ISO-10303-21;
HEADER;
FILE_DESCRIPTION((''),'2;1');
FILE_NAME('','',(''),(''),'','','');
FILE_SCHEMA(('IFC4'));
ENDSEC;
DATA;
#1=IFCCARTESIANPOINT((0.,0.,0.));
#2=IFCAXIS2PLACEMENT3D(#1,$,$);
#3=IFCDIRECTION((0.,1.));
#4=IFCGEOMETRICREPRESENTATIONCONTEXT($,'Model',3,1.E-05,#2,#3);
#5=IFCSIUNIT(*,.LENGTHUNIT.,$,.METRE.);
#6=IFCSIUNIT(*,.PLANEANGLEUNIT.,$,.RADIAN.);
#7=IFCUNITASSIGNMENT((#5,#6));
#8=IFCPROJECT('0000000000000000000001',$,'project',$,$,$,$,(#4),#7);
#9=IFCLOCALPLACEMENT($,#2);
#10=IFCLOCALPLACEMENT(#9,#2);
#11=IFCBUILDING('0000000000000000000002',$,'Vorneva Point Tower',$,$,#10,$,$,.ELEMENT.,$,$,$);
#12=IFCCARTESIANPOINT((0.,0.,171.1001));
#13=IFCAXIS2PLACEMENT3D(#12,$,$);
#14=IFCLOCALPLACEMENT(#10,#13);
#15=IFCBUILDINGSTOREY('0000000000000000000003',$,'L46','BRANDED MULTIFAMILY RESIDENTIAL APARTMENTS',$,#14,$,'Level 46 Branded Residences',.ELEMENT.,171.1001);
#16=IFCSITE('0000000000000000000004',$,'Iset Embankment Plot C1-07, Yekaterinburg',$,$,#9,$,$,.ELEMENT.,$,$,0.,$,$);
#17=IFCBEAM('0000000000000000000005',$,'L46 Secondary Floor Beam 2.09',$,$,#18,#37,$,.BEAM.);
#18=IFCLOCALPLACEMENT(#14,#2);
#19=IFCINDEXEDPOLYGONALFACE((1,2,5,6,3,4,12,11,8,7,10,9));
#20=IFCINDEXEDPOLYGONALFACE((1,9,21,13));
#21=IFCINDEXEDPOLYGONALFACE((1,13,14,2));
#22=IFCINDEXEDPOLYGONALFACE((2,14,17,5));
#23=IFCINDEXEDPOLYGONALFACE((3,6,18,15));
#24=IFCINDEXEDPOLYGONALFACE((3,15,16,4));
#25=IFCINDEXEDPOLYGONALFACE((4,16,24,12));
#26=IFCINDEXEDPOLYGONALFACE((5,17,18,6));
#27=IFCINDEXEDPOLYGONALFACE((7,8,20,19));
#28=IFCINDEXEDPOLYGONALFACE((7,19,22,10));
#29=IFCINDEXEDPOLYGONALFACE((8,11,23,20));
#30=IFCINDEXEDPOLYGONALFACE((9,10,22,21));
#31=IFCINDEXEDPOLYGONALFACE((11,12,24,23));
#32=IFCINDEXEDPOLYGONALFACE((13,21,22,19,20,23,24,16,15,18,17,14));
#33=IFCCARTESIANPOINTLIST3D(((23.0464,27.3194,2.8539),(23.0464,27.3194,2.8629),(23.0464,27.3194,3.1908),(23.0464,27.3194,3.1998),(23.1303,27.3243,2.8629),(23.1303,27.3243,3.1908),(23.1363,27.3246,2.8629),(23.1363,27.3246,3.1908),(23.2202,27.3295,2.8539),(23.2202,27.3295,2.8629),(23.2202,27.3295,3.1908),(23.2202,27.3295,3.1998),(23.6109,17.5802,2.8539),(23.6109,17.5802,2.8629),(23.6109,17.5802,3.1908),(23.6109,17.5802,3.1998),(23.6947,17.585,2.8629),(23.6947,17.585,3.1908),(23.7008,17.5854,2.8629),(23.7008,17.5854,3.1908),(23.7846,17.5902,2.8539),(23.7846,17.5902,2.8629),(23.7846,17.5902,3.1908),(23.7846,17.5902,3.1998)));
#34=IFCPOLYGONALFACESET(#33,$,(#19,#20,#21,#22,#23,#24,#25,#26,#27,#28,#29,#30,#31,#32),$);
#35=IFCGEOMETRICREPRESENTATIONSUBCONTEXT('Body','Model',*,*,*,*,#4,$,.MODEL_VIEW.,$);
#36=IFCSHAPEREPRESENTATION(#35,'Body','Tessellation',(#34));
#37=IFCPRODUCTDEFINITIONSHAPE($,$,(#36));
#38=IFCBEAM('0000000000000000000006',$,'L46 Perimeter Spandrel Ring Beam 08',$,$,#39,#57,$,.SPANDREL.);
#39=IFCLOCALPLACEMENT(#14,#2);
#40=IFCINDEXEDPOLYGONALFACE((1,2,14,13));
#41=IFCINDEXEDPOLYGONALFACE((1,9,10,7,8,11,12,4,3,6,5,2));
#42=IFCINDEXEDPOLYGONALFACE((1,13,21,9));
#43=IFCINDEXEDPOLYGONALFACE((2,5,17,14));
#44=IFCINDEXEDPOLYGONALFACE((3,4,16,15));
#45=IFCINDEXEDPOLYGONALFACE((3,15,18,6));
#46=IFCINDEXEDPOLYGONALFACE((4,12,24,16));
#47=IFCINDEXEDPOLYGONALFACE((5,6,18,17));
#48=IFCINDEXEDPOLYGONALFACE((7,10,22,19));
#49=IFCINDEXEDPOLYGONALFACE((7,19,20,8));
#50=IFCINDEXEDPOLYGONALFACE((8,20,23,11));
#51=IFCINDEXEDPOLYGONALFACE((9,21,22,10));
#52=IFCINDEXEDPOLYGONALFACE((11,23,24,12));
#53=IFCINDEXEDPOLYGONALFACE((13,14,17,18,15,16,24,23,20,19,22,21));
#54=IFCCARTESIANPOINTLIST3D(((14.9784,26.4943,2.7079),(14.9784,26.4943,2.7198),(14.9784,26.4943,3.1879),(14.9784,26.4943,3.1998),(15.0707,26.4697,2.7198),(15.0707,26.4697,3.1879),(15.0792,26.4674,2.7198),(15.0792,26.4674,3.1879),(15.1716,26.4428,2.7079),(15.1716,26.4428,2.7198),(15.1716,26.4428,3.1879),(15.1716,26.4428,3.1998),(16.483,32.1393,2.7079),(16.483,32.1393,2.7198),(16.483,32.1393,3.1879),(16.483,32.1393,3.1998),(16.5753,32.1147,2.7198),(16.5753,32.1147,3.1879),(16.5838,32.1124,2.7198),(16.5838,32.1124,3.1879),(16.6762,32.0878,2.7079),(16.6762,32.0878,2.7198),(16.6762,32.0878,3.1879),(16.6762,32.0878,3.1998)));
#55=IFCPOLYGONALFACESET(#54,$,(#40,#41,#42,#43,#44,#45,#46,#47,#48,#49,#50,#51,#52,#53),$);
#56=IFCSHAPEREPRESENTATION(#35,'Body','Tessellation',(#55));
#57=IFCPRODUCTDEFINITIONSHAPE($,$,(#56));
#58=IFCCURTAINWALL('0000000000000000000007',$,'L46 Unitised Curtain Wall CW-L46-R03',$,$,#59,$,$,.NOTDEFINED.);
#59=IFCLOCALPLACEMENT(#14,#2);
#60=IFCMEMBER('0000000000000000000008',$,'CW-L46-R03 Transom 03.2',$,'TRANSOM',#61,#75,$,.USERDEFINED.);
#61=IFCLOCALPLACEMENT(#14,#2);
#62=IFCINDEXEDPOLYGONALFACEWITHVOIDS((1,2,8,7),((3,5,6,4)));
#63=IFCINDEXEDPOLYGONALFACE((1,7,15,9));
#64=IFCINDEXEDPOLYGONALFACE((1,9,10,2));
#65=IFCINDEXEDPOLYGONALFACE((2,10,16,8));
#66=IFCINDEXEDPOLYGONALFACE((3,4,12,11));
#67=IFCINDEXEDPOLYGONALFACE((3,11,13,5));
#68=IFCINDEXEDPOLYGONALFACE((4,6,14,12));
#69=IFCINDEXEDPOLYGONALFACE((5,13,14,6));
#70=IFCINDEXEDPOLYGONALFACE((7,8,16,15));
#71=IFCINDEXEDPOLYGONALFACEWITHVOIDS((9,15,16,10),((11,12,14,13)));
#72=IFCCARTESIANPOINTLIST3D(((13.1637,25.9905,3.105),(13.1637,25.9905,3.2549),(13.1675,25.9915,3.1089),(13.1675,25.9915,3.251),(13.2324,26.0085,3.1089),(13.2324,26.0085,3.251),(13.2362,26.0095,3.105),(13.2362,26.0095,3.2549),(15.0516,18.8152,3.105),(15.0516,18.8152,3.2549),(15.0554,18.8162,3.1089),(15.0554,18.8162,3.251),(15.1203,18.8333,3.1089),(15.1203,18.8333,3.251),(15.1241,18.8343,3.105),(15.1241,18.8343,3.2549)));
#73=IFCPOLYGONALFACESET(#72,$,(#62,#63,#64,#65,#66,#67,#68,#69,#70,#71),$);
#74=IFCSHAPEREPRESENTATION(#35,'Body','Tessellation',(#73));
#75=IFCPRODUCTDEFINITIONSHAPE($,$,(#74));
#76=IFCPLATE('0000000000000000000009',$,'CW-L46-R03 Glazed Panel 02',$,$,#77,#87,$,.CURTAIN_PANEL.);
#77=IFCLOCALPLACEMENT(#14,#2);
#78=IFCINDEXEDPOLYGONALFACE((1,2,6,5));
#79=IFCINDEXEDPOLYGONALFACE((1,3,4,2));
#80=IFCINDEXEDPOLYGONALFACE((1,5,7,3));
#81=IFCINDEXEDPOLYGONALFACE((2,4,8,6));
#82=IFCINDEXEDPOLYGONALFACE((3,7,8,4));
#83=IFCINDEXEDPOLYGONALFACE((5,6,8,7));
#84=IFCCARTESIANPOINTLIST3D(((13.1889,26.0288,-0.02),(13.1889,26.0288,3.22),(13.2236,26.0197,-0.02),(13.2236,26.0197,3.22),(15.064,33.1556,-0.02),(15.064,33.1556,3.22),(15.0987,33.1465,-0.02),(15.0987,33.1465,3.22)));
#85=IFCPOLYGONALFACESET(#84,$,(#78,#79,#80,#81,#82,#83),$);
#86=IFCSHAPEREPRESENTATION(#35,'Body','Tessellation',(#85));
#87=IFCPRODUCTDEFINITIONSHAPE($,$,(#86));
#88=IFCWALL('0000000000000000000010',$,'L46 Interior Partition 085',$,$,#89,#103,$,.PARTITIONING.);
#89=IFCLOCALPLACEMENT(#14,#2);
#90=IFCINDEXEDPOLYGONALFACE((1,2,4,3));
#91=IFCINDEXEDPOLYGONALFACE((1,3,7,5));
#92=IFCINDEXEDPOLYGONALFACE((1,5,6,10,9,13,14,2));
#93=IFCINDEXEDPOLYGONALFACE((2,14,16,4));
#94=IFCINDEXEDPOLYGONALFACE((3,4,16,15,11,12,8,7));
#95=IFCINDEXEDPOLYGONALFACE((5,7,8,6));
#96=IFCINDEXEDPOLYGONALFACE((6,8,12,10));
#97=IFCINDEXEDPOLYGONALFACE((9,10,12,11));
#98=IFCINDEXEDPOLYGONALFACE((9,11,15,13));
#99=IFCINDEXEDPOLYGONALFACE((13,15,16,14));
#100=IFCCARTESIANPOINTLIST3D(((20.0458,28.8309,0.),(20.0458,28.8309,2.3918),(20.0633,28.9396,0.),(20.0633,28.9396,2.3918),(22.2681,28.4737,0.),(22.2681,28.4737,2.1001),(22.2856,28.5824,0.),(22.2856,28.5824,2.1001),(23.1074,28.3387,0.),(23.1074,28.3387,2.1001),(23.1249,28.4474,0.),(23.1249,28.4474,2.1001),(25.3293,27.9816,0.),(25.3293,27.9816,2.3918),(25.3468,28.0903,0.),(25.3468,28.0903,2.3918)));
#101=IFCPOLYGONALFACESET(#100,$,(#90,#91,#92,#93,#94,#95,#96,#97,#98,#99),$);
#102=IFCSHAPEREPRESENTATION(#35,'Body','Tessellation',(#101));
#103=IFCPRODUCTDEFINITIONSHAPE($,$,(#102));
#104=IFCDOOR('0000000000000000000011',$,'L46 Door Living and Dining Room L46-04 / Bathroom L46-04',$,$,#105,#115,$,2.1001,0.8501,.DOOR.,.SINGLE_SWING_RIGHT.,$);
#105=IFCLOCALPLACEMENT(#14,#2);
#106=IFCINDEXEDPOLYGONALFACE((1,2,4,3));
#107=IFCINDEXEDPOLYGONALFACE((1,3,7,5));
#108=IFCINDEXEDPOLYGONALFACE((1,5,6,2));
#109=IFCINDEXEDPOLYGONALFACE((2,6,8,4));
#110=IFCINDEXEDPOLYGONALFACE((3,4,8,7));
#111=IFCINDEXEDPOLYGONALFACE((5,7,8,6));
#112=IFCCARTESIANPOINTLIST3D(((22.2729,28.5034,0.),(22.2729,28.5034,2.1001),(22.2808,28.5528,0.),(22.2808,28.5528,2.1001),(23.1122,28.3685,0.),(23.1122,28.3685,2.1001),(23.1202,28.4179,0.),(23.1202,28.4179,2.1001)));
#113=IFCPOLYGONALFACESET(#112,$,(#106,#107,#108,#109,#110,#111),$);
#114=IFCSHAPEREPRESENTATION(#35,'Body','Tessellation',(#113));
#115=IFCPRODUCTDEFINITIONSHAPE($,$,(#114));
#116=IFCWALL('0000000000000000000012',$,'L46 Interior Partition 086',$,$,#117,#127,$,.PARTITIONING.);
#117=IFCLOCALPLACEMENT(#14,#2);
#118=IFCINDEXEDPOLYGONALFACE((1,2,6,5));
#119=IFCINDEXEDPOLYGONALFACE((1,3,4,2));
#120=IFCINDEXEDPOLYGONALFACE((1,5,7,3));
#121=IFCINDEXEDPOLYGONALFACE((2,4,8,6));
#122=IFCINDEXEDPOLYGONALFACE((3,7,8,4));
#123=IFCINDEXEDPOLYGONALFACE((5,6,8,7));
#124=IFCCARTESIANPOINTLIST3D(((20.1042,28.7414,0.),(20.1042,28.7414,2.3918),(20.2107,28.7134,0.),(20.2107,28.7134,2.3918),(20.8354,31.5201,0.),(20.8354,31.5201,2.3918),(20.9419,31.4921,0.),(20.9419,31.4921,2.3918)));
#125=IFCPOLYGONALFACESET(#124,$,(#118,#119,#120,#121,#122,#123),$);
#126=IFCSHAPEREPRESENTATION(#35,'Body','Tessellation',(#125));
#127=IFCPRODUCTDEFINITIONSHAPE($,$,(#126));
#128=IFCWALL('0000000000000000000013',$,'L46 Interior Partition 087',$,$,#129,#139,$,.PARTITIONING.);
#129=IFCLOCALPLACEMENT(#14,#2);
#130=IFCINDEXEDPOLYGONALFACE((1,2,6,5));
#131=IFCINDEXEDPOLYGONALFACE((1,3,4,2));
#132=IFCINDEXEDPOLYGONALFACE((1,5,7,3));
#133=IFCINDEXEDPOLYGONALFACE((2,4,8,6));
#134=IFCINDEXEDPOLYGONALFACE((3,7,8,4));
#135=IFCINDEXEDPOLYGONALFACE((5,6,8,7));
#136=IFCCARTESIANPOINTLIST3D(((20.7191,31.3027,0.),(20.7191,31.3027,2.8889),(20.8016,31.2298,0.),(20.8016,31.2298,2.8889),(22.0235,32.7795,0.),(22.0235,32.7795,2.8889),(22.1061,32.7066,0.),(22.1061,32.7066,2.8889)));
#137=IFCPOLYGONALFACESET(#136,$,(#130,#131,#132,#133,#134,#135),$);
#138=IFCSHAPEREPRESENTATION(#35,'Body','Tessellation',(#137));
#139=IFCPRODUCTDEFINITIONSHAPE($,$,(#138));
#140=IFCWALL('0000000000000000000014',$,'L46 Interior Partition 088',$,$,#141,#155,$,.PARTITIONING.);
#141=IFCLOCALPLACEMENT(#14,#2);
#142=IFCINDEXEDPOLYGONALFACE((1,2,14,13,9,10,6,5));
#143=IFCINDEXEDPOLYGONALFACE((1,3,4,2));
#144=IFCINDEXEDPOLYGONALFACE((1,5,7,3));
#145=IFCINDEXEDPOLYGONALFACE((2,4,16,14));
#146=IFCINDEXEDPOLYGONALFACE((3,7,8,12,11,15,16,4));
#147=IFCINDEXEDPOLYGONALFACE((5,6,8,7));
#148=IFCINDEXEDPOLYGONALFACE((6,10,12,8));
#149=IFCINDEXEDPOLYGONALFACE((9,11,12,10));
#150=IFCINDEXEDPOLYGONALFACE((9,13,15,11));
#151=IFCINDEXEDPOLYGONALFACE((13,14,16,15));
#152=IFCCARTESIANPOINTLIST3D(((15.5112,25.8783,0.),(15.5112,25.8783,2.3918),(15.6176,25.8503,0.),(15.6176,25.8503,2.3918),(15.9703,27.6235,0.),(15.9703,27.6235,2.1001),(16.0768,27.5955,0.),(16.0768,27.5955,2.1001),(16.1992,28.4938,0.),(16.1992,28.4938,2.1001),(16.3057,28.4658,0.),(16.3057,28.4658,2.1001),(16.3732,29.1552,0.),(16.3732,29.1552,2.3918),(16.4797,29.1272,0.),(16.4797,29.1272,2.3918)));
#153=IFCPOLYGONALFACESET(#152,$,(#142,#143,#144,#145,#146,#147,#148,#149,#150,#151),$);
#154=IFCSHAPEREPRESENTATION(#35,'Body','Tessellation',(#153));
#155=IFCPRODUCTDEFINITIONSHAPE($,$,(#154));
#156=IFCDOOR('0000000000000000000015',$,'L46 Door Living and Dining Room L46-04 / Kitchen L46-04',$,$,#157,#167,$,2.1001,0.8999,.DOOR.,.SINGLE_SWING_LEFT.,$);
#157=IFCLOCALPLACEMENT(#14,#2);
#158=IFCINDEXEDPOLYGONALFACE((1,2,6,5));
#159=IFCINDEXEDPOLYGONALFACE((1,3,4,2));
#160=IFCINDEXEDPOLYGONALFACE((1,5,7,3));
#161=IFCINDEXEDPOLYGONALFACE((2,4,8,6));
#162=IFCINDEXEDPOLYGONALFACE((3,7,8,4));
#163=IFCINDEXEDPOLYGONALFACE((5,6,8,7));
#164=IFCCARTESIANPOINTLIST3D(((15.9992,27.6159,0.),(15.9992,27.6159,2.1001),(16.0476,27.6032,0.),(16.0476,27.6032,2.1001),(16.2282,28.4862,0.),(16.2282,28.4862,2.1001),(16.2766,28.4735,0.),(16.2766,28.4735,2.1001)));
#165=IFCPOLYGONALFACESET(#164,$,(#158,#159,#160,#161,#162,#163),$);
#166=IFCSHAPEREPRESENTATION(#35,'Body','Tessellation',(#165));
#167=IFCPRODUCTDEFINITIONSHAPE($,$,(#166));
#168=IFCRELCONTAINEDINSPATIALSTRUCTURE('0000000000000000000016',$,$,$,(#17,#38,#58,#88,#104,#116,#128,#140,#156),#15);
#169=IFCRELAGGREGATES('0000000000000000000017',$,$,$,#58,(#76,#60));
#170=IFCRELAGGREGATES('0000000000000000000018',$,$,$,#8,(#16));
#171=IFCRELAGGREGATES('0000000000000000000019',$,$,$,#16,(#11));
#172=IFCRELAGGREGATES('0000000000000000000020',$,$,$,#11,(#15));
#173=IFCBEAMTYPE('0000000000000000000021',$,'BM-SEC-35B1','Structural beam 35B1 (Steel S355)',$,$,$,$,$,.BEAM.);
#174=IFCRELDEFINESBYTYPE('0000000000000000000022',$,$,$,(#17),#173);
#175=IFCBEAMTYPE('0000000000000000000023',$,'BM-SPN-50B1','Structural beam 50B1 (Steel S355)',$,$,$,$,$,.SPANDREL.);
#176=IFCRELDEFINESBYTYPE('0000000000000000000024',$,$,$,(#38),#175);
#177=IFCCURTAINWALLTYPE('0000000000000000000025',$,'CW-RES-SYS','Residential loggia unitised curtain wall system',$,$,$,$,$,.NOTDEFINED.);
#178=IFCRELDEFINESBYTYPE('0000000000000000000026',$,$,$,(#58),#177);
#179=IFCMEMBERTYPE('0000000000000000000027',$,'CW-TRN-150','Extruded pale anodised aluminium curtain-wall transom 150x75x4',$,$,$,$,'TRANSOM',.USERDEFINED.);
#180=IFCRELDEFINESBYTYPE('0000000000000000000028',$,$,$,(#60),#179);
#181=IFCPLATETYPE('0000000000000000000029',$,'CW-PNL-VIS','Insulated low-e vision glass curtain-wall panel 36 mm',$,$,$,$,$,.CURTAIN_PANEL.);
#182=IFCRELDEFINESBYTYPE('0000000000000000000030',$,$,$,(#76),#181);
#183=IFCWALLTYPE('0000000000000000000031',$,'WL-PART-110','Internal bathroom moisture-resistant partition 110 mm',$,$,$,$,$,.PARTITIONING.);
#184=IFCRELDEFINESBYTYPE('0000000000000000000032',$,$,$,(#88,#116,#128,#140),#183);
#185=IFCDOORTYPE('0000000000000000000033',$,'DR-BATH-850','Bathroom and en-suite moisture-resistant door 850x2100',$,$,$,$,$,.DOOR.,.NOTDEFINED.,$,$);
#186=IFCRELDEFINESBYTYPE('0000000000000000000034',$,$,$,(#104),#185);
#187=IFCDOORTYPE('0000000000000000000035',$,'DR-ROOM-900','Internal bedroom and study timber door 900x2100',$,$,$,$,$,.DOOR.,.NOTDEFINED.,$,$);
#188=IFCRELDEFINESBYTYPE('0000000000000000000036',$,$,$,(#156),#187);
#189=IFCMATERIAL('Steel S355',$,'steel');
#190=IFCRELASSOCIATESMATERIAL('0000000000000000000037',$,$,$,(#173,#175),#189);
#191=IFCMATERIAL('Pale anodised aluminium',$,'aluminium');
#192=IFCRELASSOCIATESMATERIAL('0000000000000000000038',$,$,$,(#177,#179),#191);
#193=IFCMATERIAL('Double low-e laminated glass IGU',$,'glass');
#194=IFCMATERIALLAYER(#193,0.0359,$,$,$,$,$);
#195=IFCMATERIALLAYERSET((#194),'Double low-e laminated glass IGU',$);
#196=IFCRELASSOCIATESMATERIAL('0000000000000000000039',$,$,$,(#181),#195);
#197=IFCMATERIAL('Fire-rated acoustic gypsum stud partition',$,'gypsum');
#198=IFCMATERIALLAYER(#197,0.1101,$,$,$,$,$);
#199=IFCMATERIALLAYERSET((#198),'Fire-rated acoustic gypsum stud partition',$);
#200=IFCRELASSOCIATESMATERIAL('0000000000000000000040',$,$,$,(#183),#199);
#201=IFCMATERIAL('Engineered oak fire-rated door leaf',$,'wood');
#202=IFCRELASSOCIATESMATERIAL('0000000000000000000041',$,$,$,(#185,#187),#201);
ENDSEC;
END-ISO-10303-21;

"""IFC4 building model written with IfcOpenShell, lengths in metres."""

from ifc_helpers import new_model, si_unit, direction, frame, frame_2d, origin, origin_2d, place, context, subcontext, project, spatial, rectangle, hollow_rectangle, i_section, extrude, material, layer, layer_set, material_profile, profile_set, type_object, element, fill, aggregate, save


model = new_model("IFC4")

# Units and contexts
model_context = context("Model", 3, precision=1e-05, world=origin(), true_north=direction((0.0, 1.0)))
body_context = subcontext(model_context, "Body", "Model", "MODEL_VIEW")
ifc_project = project(units=[si_unit("LENGTHUNIT", "METRE"), si_unit("PLANEANGLEUNIT", "RADIAN")], contexts=[model_context])

# Site, building, storey
site_placement = place(None, origin())
site = spatial("IfcSite", under=ifc_project, at=site_placement, Name="Iset Embankment Plot C1-07, Yekaterinburg", CompositionType="ELEMENT", RefElevation=0.0)
building_placement = place(site_placement, origin())
building = spatial("IfcBuilding", under=site, at=building_placement, Name="Vorneva Point Tower", CompositionType="ELEMENT")
storey_placement = place(building_placement, frame((0.0, 0.0, 171.1001)))
storey = spatial("IfcBuildingStorey", under=building, at=storey_placement, Name="L46", Description="BRANDED MULTIFAMILY RESIDENTIAL APARTMENTS", LongName="Level 46 Branded Residences", CompositionType="ELEMENT", Elevation=171.1001)

# Beams
ifc_material_1 = material(Name="Steel S355", Category="steel")
ifc_material_profile_1 = material_profile(ifc_material_1, i_section(OverallWidth=0.1741, OverallDepth=0.3459, WebThickness=0.0061, FlangeThickness=0.009, at=origin_2d()), Name="35B1")
ifc_profile_set_1 = profile_set([ifc_material_profile_1], Name="Steel S355")
beam_type_1 = type_object("IfcBeamType", Name="BM-SEC-35B1", Description="Structural beam 35B1 (Steel S355)", PredefinedType="BEAM", material=ifc_profile_set_1)
beam_1_placement = place(storey_placement, frame((23.1333, 27.3245, 3.0269), z_axis=(0.057859, -0.998325, 0.0), x_axis=(0.998325, 0.057859, 0.0)))
element("IfcBeam", 1, at=beam_1_placement, inside=storey, type_object=beam_type_1, Name="L46 Secondary Floor Beam 2.09", PredefinedType="BEAM", context=body_context, shape_type="SweptSolid", body=[
    extrude(i_section(OverallWidth=0.1741, OverallDepth=0.3459, WebThickness=0.0061, FlangeThickness=0.009, at=origin_2d()), origin(), (0.0, 0.0, 1.0), 9.7556),
])
ifc_material_profile_2 = material_profile(ifc_material_1, i_section(OverallWidth=0.2, OverallDepth=0.4919, WebThickness=0.0088, FlangeThickness=0.012, at=origin_2d()), Name="50B1")
ifc_profile_set_2 = profile_set([ifc_material_profile_2], Name="Steel S355")
beam_type_2 = type_object("IfcBeamType", Name="BM-SPN-50B1", Description="Structural beam 50B1 (Steel S355)", PredefinedType="SPANDREL", material=ifc_profile_set_2)
beam_2_placement = place(storey_placement, frame((16.5796, 32.1135, 2.9539), z_axis=(-0.257551, -0.966265, 0.0), x_axis=(0.966265, -0.257551, 0.0)))
element("IfcBeam", 2, at=beam_2_placement, inside=storey, type_object=beam_type_2, Name="L46 Perimeter Spandrel Ring Beam 08", PredefinedType="SPANDREL", context=body_context, shape_type="SweptSolid", body=[
    extrude(i_section(OverallWidth=0.2, OverallDepth=0.4919, WebThickness=0.0088, FlangeThickness=0.012, at=origin_2d()), origin(), (0.0, 0.0, 1.0), 5.842),
])

# Curtain wall, member, plate
ifc_material_2 = material(Name="Pale anodised aluminium", Category="aluminium")
curtain_wall_type = type_object("IfcCurtainWallType", Name="CW-RES-SYS", Description="Residential loggia unitised curtain wall system", PredefinedType="NOTDEFINED", material=ifc_material_2)
curtain_wall_placement = place(storey_placement, origin())
curtain_wall = element("IfcCurtainWall", 3, at=curtain_wall_placement, inside=storey, type_object=curtain_wall_type, Name="L46 Unitised Curtain Wall CW-L46-R03", PredefinedType="NOTDEFINED")
ifc_material_profile_3 = material_profile(ifc_material_2, hollow_rectangle(XDim=0.075, YDim=0.1499, WallThickness=0.0039, at=origin_2d()), Name="AL-TRN 150x75x4")
ifc_profile_set_3 = profile_set([ifc_material_profile_3], Name="Pale anodised aluminium")
member_type = type_object("IfcMemberType", Name="CW-TRN-150", Description="Extruded pale anodised aluminium curtain-wall transom 150x75x4", ElementType="TRANSOM", PredefinedType="USERDEFINED", material=ifc_profile_set_3)
member_placement = place(storey_placement, frame((13.2, 26.0, 3.1799), z_axis=(0.254456, -0.967084, 0.0), x_axis=(0.967084, 0.254456, 0.0)))
member = element("IfcMember", 4, at=member_placement, type_object=member_type, Name="CW-L46-R03 Transom 03.2", ObjectType="TRANSOM", PredefinedType="USERDEFINED", context=body_context, shape_type="SweptSolid", body=[
    extrude(hollow_rectangle(XDim=0.075, YDim=0.1499, WallThickness=0.0039, at=origin_2d()), origin(), (0.0, 0.0, 1.0), 7.4194),
])
ifc_material_3 = material(Name="Double low-e laminated glass IGU", Category="glass")
ifc_layer_1 = layer(ifc_material_3, 0.0359)
ifc_layer_set_1 = layer_set([ifc_layer_1], Name="Double low-e laminated glass IGU")
plate_type = type_object("IfcPlateType", Name="CW-PNL-VIS", Description="Insulated low-e vision glass curtain-wall panel 36 mm", PredefinedType="CURTAIN_PANEL", material=ifc_layer_set_1)
plate_placement = place(storey_placement, frame((14.1438, 29.5876, -0.02), z_axis=(0.0, 0.0, 1.0), x_axis=(-0.254433, -0.96709, 0.0)))
plate = element("IfcPlate", 5, at=plate_placement, type_object=plate_type, Name="CW-L46-R03 Glazed Panel 02", PredefinedType="CURTAIN_PANEL", context=body_context, shape_type="SweptSolid", body=[
    extrude(rectangle(XDim=7.3694, YDim=0.0359, at=origin_2d()), origin(), (0.0, 0.0, 1.0), 3.24),
])
aggregate(curtain_wall, [plate, member])

# Wall, opening, door
ifc_material_4 = material(Name="Fire-rated acoustic gypsum stud partition", Category="gypsum")
ifc_layer_2 = layer(ifc_material_4, 0.1101)
ifc_layer_set_2 = layer_set([ifc_layer_2], Name="Fire-rated acoustic gypsum stud partition")
wall_type_1 = type_object("IfcWallType", Name="WL-PART-110", Description="Internal bathroom moisture-resistant partition 110 mm", PredefinedType="PARTITIONING", material=ifc_layer_set_2)
wall_1_placement = place(storey_placement, frame((25.3381, 28.0359, 0.0), z_axis=(0.0, 0.0, 1.0), x_axis=(-0.987323, 0.158722, 0.0)))
wall_1 = element("IfcWall", 6, at=wall_1_placement, inside=storey, type_object=wall_type_1, Name="L46 Interior Partition 085", PredefinedType="PARTITIONING", context=body_context, shape_type="SweptSolid", body=[
    extrude(rectangle(XDim=5.3513, YDim=0.1101, at=frame_2d((2.6758, 0.0))), origin(), (0.0, 0.0, 1.0), 2.3918),
])
opening_1_placement = place(wall_1_placement, frame((2.2505, 0.0, 0.0)))
opening_1 = element("IfcOpeningElement", 7, at=opening_1_placement, cuts=wall_1, PredefinedType="OPENING", context=body_context, shape_type="SweptSolid", body=[
    extrude(rectangle(XDim=0.8501, YDim=2.1001, at=frame_2d((0.425, 1.05))), frame((0.0, 0.0698, 0.0), z_axis=(0.0, -1.0, 0.0), x_axis=(1.0, 0.0, 0.0)), (0.0, 0.0, 1.0), 0.1399),
])
ifc_material_5 = material(Name="Engineered oak fire-rated door leaf", Category="wood")
door_type_1 = type_object("IfcDoorType", Name="DR-BATH-850", Description="Bathroom and en-suite moisture-resistant door 850x2100", OperationType="NOTDEFINED", PredefinedType="DOOR", material=ifc_material_5)
door_1_placement = place(opening_1_placement, origin())
door_1 = element("IfcDoor", 8, at=door_1_placement, inside=storey, type_object=door_type_1, Name="L46 Door Living and Dining Room L46-04 / Bathroom L46-04", OperationType="SINGLE_SWING_RIGHT", OverallHeight=2.1001, OverallWidth=0.8501, PredefinedType="DOOR", context=body_context, shape_type="SweptSolid", body=[
    extrude(rectangle(XDim=0.8501, YDim=2.1001, at=frame_2d((0.425, 1.05))), frame((0.0, 0.0249, 0.0), z_axis=(0.0, -1.0, 0.0), x_axis=(1.0, 0.0, 0.0)), (0.0, 0.0, 1.0), 0.05),
])
fill(opening_1, door_1)

# Walls
wall_2_placement = place(storey_placement, frame((20.1575, 28.7275, 0.0), z_axis=(0.0, 0.0, 1.0), x_axis=(0.254472, 0.96708, 0.0)))
element("IfcWall", 9, at=wall_2_placement, inside=storey, type_object=wall_type_1, Name="L46 Interior Partition 086", PredefinedType="PARTITIONING", context=body_context, shape_type="SweptSolid", body=[
    extrude(rectangle(XDim=2.8733, YDim=0.1101, at=frame_2d((1.4365, 0.0))), origin(), (0.0, 0.0, 1.0), 2.3918),
])
wall_3_placement = place(storey_placement, frame((20.7603, 31.2661, 0.0), z_axis=(0.0, 0.0, 1.0), x_axis=(0.662015, 0.749491, 0.0)))
element("IfcWall", 10, at=wall_3_placement, inside=storey, type_object=wall_type_1, Name="L46 Interior Partition 087", PredefinedType="PARTITIONING", context=body_context, shape_type="SweptSolid", body=[
    extrude(rectangle(XDim=1.9705, YDim=0.1101, at=frame_2d((0.9854, 0.0))), origin(), (0.0, 0.0, 1.0), 2.8889),
])

# Wall, opening, door
wall_4_placement = place(storey_placement, frame((16.4265, 29.1414, 0.0), z_axis=(0.0, 0.0, 1.0), x_axis=(-0.254419, -0.967094, 0.0)))
wall_4 = element("IfcWall", 11, at=wall_4_placement, inside=storey, type_object=wall_type_1, Name="L46 Interior Partition 088", PredefinedType="PARTITIONING", context=body_context, shape_type="SweptSolid", body=[
    extrude(rectangle(XDim=3.3884, YDim=0.1101, at=frame_2d((1.6943, 0.0))), origin(), (0.0, 0.0, 1.0), 2.3918),
])
opening_2_placement = place(wall_4_placement, frame((0.6841, 0.0, 0.0)))
opening_2 = element("IfcOpeningElement", 12, at=opening_2_placement, cuts=wall_4, PredefinedType="OPENING", context=body_context, shape_type="SweptSolid", body=[
    extrude(rectangle(XDim=0.8999, YDim=2.1001, at=frame_2d((0.45, 1.05))), frame((0.0, 0.0698, 0.0), z_axis=(0.0, -1.0, 0.0), x_axis=(1.0, 0.0, 0.0)), (0.0, 0.0, 1.0), 0.1399),
])
door_type_2 = type_object("IfcDoorType", Name="DR-ROOM-900", Description="Internal bedroom and study timber door 900x2100", OperationType="NOTDEFINED", PredefinedType="DOOR", material=ifc_material_5)
door_2_placement = place(opening_2_placement, origin())
door_2 = element("IfcDoor", 13, at=door_2_placement, inside=storey, type_object=door_type_2, Name="L46 Door Living and Dining Room L46-04 / Kitchen L46-04", OperationType="SINGLE_SWING_LEFT", OverallHeight=2.1001, OverallWidth=0.8999, PredefinedType="DOOR", context=body_context, shape_type="SweptSolid", body=[
    extrude(rectangle(XDim=0.8999, YDim=2.1001, at=frame_2d((0.45, 1.05))), frame((0.0, 0.0249, 0.0), z_axis=(0.0, -1.0, 0.0), x_axis=(1.0, 0.0, 0.0)), (0.0, 0.0, 1.0), 0.05),
])
fill(opening_2, door_2)

save(model, "model.ifc")
